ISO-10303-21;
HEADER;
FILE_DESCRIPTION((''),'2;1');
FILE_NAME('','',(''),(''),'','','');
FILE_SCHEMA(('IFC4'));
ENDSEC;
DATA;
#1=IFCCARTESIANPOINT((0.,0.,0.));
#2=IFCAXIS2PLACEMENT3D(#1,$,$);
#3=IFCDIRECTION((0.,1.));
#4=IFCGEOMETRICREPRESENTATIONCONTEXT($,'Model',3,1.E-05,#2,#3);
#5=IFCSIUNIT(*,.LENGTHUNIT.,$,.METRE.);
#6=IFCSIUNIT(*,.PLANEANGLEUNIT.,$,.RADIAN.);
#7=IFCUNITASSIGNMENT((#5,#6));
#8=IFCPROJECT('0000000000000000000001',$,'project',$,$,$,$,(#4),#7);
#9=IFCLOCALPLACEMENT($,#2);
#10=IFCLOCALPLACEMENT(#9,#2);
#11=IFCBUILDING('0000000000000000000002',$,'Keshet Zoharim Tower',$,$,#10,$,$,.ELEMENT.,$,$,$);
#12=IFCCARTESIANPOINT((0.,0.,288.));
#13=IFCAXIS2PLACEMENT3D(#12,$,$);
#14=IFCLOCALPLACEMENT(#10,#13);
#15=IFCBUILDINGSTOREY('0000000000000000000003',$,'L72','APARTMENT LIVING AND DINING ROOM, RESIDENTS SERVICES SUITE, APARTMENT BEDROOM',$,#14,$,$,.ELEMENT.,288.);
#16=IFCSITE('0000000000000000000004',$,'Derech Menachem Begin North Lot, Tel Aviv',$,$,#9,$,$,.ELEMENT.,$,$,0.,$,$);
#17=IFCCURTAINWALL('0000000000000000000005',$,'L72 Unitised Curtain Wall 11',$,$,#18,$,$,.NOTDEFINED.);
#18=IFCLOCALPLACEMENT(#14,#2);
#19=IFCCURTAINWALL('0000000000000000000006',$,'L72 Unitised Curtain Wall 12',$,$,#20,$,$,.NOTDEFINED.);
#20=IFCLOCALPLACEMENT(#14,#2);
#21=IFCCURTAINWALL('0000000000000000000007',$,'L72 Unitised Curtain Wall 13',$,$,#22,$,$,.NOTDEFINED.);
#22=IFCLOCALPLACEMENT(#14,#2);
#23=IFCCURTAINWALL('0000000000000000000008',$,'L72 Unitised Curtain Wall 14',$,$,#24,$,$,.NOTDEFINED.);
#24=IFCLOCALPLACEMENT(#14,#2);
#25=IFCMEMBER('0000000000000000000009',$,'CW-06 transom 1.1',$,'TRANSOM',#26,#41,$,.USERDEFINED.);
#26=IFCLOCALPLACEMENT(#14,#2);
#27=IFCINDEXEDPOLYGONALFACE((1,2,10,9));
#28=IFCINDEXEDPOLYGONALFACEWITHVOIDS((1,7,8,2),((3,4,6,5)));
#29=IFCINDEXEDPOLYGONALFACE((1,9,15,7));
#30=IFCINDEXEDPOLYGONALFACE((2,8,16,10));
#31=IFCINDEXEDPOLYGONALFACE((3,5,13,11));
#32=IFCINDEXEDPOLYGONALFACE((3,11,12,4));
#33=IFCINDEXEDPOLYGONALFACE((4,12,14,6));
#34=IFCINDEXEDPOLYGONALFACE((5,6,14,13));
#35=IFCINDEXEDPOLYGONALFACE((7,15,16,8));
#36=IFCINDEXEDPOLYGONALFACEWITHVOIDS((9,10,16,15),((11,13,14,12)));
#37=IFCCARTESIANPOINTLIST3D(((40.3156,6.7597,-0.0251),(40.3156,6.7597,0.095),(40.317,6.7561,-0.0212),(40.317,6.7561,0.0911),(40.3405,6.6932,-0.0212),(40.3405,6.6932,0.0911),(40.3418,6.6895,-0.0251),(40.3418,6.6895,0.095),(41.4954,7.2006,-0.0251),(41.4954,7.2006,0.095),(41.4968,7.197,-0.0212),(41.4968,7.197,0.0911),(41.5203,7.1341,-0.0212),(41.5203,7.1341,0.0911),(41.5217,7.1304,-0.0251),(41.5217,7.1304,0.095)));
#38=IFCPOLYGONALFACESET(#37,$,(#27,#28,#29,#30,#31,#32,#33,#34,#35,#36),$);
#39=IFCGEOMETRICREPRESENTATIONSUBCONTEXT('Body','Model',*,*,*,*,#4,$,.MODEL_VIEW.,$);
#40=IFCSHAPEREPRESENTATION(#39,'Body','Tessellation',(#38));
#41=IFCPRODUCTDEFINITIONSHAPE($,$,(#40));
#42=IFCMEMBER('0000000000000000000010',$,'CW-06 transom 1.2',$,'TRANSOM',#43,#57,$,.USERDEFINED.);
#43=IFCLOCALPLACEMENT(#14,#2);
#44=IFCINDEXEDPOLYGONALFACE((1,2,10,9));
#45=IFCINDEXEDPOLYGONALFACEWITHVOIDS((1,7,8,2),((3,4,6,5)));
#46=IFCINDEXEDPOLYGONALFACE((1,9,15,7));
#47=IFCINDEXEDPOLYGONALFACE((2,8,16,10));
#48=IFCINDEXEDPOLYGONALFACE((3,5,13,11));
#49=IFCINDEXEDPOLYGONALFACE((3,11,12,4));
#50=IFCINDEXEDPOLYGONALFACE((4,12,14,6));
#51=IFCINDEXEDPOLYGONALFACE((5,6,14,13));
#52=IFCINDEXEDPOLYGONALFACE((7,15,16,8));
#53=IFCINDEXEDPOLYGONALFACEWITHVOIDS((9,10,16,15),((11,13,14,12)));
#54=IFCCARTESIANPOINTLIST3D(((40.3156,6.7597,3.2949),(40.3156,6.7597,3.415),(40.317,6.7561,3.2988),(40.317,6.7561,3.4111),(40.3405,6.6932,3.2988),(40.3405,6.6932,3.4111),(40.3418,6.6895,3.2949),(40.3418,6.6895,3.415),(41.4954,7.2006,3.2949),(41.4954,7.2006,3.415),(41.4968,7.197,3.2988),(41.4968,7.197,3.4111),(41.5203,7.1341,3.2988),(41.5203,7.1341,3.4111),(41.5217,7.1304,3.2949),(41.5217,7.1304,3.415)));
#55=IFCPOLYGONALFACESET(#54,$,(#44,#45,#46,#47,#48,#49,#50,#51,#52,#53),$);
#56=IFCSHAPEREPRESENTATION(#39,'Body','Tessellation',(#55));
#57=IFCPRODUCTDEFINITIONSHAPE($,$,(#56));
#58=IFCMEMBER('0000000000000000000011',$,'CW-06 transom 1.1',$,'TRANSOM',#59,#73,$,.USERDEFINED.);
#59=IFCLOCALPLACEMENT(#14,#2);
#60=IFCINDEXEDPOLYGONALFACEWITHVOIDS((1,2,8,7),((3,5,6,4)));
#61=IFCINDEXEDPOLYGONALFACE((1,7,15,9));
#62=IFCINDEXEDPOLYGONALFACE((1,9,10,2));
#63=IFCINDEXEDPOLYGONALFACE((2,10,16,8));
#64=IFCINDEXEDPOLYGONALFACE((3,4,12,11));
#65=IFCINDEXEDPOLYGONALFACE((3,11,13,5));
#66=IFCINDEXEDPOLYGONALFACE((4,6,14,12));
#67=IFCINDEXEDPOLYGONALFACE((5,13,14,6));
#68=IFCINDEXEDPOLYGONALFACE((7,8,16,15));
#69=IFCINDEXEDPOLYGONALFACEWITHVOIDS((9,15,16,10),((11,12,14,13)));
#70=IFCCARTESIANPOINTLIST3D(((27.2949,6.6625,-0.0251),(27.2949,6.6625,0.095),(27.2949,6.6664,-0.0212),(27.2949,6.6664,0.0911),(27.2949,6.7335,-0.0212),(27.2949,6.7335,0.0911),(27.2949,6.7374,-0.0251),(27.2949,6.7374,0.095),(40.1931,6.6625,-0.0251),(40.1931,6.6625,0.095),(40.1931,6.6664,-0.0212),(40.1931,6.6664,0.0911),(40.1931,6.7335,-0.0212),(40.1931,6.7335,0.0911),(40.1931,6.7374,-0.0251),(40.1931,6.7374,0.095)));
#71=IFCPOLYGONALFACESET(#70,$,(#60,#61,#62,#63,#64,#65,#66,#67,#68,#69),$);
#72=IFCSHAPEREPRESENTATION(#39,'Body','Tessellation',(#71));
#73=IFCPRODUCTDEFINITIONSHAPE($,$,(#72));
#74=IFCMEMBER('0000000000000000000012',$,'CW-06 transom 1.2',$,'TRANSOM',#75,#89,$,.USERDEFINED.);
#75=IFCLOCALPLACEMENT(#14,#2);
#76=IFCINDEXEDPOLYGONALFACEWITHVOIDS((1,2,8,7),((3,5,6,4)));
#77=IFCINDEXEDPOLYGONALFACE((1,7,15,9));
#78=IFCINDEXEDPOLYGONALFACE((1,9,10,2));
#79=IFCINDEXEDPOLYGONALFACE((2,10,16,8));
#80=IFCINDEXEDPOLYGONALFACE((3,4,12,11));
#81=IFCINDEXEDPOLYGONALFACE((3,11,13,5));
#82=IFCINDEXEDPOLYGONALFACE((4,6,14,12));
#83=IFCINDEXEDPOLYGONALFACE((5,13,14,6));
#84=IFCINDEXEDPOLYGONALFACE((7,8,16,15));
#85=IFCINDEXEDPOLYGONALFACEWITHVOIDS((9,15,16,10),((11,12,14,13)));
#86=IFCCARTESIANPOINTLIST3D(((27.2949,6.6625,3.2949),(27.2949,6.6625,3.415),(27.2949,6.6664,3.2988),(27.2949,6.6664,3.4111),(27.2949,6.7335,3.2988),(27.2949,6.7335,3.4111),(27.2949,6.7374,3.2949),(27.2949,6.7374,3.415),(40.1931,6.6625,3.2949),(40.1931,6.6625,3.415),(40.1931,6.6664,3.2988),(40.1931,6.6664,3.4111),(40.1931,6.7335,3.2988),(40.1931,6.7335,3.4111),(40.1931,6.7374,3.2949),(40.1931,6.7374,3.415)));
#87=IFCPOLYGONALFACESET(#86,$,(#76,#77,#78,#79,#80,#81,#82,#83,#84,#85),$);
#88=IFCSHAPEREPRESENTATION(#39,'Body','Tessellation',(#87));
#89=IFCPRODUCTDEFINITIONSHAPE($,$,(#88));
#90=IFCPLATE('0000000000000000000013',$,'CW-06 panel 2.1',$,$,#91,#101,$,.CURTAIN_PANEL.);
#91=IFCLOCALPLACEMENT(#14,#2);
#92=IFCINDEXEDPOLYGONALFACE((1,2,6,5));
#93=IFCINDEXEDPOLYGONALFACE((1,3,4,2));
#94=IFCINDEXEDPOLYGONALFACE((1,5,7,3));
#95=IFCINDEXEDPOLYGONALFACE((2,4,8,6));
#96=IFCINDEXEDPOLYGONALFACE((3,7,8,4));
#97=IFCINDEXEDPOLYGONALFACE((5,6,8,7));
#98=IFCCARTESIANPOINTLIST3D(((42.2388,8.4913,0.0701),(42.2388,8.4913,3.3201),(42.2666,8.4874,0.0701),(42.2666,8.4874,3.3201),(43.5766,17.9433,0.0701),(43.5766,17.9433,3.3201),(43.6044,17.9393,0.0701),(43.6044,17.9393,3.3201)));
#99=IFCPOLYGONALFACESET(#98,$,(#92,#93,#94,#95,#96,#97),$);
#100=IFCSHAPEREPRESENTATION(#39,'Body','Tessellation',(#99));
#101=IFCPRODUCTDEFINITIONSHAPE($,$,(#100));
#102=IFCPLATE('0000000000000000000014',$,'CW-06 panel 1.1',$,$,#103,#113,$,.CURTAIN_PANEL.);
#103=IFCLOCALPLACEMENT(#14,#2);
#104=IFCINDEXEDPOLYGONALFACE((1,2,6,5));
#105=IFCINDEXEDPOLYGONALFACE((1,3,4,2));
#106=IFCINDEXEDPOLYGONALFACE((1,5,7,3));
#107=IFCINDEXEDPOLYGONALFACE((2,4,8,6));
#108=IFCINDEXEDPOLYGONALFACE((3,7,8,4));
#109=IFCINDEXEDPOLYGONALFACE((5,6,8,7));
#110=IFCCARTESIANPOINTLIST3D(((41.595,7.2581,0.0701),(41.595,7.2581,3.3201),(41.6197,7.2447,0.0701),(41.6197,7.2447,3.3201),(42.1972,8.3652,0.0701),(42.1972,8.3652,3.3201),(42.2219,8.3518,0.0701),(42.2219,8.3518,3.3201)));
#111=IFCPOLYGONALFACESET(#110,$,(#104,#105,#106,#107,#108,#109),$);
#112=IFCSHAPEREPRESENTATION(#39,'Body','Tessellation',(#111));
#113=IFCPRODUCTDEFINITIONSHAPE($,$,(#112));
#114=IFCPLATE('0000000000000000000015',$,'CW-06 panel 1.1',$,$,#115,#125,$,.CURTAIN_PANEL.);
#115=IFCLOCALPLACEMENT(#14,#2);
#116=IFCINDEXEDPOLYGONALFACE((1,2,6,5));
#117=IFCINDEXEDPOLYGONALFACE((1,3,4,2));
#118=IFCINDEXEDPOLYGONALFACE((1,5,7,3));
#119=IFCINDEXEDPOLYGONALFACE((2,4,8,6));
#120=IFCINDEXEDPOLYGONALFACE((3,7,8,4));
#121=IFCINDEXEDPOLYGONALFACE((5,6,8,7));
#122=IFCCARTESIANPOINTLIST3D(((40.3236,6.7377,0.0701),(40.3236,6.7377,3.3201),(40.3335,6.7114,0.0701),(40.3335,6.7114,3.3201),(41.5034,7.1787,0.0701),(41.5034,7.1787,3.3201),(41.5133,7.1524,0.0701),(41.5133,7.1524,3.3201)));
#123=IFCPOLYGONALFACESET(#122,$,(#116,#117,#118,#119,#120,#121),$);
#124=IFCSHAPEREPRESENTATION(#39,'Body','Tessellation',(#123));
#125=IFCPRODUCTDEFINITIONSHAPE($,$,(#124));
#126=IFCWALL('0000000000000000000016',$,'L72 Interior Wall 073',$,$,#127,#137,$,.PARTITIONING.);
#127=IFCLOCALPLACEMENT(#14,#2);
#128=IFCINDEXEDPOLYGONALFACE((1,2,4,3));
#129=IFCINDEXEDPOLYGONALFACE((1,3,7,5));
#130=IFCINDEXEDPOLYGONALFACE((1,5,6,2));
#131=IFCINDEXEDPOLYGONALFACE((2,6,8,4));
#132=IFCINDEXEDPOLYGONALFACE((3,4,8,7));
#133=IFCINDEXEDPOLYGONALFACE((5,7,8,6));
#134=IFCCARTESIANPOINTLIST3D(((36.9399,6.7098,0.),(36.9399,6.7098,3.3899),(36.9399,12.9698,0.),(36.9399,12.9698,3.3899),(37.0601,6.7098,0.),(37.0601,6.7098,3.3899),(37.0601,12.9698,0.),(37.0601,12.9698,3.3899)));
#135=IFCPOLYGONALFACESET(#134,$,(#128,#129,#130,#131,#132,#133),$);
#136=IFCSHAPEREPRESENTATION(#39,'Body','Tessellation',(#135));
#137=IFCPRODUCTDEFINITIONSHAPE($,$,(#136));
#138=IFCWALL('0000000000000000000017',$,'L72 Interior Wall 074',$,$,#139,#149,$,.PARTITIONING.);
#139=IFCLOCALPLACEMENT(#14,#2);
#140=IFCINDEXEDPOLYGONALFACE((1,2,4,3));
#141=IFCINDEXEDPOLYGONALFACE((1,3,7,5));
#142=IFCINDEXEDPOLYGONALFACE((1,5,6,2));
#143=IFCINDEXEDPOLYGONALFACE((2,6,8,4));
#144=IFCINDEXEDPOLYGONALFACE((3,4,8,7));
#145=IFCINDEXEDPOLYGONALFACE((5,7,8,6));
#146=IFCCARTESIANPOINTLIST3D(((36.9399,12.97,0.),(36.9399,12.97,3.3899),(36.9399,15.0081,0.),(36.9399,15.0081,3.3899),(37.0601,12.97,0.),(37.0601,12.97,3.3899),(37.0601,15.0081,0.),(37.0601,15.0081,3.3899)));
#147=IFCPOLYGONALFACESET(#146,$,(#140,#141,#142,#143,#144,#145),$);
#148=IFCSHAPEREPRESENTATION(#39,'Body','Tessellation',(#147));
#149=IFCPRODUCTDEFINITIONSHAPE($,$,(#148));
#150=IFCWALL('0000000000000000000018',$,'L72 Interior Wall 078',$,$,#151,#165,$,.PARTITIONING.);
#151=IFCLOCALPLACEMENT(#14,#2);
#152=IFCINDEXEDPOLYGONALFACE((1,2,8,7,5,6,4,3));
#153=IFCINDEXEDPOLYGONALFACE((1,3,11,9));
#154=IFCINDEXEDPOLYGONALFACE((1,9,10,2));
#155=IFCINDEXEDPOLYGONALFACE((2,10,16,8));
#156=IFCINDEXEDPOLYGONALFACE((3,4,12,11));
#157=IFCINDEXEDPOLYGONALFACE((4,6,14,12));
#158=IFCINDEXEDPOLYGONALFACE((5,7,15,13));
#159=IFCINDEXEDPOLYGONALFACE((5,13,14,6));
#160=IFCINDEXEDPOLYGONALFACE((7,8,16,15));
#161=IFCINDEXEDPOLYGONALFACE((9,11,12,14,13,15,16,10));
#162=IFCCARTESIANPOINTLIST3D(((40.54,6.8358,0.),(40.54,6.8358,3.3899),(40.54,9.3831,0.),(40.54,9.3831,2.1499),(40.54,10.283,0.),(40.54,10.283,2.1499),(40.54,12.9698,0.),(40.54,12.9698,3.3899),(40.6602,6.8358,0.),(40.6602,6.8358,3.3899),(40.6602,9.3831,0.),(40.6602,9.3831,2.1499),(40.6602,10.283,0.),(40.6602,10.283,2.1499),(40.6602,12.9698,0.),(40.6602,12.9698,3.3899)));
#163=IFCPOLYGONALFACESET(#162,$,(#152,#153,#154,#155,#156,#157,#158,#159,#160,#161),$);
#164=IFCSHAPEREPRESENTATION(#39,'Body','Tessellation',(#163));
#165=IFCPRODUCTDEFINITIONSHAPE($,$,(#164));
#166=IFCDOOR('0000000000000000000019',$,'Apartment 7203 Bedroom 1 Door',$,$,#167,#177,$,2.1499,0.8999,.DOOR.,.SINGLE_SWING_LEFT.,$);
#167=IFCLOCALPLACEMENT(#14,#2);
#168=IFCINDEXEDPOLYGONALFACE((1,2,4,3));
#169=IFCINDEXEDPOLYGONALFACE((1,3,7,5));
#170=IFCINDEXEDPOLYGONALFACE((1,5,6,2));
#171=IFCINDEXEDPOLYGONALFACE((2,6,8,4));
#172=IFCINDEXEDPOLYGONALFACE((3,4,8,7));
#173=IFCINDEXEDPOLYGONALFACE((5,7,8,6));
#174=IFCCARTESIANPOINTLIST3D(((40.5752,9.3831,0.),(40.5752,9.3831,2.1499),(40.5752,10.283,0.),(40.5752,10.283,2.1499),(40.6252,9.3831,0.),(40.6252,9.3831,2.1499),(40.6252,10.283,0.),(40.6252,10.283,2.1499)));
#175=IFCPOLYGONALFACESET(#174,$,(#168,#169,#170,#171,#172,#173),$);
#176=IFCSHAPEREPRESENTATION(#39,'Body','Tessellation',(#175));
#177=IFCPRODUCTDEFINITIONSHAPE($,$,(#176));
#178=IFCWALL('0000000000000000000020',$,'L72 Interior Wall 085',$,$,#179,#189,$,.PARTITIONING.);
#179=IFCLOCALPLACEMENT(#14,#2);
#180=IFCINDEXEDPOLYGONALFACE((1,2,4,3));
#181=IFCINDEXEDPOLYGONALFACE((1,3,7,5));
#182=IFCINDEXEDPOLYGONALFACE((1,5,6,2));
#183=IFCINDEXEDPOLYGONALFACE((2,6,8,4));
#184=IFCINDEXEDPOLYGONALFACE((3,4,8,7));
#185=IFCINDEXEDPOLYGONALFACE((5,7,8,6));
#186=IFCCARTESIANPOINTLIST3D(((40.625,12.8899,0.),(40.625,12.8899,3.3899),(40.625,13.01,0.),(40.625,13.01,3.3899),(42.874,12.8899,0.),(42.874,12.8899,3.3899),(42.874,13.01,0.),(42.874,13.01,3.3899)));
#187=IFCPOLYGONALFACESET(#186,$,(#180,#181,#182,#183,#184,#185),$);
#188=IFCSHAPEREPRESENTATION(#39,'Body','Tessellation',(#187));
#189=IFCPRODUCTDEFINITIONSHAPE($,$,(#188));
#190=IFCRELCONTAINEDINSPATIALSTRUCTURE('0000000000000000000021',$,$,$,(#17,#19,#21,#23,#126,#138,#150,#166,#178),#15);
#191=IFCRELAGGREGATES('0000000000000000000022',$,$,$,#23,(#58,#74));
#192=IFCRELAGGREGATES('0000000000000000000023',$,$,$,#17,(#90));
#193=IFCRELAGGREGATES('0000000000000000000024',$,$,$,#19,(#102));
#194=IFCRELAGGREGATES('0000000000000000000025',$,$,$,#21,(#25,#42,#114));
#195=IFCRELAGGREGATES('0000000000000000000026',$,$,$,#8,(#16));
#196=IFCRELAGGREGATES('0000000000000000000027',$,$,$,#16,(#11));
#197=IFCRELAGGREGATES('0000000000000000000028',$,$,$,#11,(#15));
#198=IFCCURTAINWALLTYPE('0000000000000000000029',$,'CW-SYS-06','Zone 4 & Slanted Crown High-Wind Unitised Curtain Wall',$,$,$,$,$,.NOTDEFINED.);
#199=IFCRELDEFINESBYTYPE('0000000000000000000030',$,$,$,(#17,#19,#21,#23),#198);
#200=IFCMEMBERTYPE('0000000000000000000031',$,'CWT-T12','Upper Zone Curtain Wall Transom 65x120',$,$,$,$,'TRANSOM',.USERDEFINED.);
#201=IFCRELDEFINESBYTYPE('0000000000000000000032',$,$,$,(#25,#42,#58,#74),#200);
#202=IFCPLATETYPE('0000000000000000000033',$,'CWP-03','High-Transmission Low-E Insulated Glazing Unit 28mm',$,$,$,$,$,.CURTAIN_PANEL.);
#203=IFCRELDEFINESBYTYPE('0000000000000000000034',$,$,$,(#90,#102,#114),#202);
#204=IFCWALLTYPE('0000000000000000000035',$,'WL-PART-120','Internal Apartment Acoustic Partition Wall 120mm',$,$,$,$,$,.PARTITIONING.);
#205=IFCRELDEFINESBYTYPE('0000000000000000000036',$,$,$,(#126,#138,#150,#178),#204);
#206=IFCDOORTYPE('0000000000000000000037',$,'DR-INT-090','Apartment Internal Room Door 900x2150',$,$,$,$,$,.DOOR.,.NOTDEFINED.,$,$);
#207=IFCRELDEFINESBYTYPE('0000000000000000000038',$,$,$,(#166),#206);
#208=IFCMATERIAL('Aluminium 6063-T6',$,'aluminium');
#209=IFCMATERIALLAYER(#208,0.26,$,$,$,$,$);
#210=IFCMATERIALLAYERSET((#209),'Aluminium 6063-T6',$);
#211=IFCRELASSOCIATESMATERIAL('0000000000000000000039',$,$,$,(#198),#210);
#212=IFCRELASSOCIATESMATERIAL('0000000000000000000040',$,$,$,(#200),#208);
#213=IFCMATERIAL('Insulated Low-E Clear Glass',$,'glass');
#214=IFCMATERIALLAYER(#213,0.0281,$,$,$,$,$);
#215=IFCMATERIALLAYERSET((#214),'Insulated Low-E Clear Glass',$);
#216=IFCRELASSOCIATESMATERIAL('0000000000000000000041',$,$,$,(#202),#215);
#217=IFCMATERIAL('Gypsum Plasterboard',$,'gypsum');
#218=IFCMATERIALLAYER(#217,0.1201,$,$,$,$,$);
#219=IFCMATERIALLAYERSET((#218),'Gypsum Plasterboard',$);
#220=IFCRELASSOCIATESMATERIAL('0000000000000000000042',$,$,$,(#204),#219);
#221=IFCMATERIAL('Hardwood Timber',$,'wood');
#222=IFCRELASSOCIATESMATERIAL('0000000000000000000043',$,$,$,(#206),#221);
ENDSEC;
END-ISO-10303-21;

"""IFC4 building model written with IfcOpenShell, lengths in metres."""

from ifc_helpers import new_model, si_unit, direction, frame, frame_2d, origin, origin_2d, place, context, subcontext, project, spatial, rectangle, hollow_rectangle, extrude, material, layer, layer_set, material_profile, profile_set, type_object, element, fill, aggregate, save


model = new_model("IFC4")

# Units and contexts
model_context = context("Model", 3, precision=1e-05, world=origin(), true_north=direction((0.0, 1.0)))
body_context = subcontext(model_context, "Body", "Model", "MODEL_VIEW")
ifc_project = project(units=[si_unit("LENGTHUNIT", "METRE"), si_unit("PLANEANGLEUNIT", "RADIAN")], contexts=[model_context])

# Site, building, storey
site_placement = place(None, origin())
site = spatial("IfcSite", under=ifc_project, at=site_placement, Name="Derech Menachem Begin North Lot, Tel Aviv", CompositionType="ELEMENT", RefElevation=0.0)
building_placement = place(site_placement, origin())
building = spatial("IfcBuilding", under=site, at=building_placement, Name="Keshet Zoharim Tower", CompositionType="ELEMENT")
storey_placement = place(building_placement, frame((0.0, 0.0, 288.0)))
storey = spatial("IfcBuildingStorey", under=building, at=storey_placement, Name="L72", Description="APARTMENT LIVING AND DINING ROOM, RESIDENTS SERVICES SUITE, APARTMENT BEDROOM", CompositionType="ELEMENT", Elevation=288.0)

# Curtain wall
ifc_material_1 = material(Name="Aluminium 6063-T6", Category="aluminium")
ifc_layer_1 = layer(ifc_material_1, 0.26)
ifc_layer_set_1 = layer_set([ifc_layer_1], Name="Aluminium 6063-T6")
curtain_wall_type = type_object("IfcCurtainWallType", Name="CW-SYS-06", Description="Zone 4 & Slanted Crown High-Wind Unitised Curtain Wall", PredefinedType="NOTDEFINED", material=ifc_layer_set_1)
curtain_wall_1_placement = place(storey_placement, origin())
curtain_wall_1 = element("IfcCurtainWall", 1, at=curtain_wall_1_placement, inside=storey, type_object=curtain_wall_type, Name="L72 Unitised Curtain Wall 11", PredefinedType="NOTDEFINED")

# Curtain walls
curtain_wall_2_placement = place(storey_placement, origin())
curtain_wall_2 = element("IfcCurtainWall", 2, at=curtain_wall_2_placement, inside=storey, type_object=curtain_wall_type, Name="L72 Unitised Curtain Wall 12", PredefinedType="NOTDEFINED")
curtain_wall_3_placement = place(storey_placement, origin())
curtain_wall_3 = element("IfcCurtainWall", 3, at=curtain_wall_3_placement, inside=storey, type_object=curtain_wall_type, Name="L72 Unitised Curtain Wall 13", PredefinedType="NOTDEFINED")

# Curtain wall
curtain_wall_4_placement = place(storey_placement, origin())
curtain_wall_4 = element("IfcCurtainWall", 4, at=curtain_wall_4_placement, inside=storey, type_object=curtain_wall_type, Name="L72 Unitised Curtain Wall 14", PredefinedType="NOTDEFINED")

# Members
ifc_material_profile_1 = material_profile(ifc_material_1, hollow_rectangle(XDim=0.075, YDim=0.1201, WallThickness=0.0039, at=origin_2d()), Name="TRN-75x120")
ifc_profile_set_1 = profile_set([ifc_material_profile_1], Name="Aluminium 6063-T6")
member_type_1 = type_object("IfcMemberType", Name="CWT-T12", Description="Upper Zone Curtain Wall Transom 65x120", ElementType="TRANSOM", PredefinedType="USERDEFINED", material=ifc_profile_set_1)
member_1_placement = place(storey_placement, frame((41.5085, 7.1655, 0.0349), z_axis=(-0.936735, -0.35004, 0.0), x_axis=(0.35004, -0.936735, 0.0)))
member_1 = element("IfcMember", 5, at=member_1_placement, type_object=member_type_1, Name="CW-06 transom 1.1", ObjectType="TRANSOM", PredefinedType="USERDEFINED", context=body_context, shape_type="SweptSolid", body=[
    extrude(hollow_rectangle(XDim=0.075, YDim=0.1201, WallThickness=0.0039, at=origin_2d()), origin(), (0.0, 0.0, 1.0), 1.2595),
])
member_2_placement = place(storey_placement, frame((41.5085, 7.1655, 3.355), z_axis=(-0.936735, -0.35004, 0.0), x_axis=(0.35004, -0.936735, 0.0)))
member_2 = element("IfcMember", 6, at=member_2_placement, type_object=member_type_1, Name="CW-06 transom 1.2", ObjectType="TRANSOM", PredefinedType="USERDEFINED", context=body_context, shape_type="SweptSolid", body=[
    extrude(hollow_rectangle(XDim=0.075, YDim=0.1201, WallThickness=0.0039, at=origin_2d()), origin(), (0.0, 0.0, 1.0), 1.2595),
])
member_3_placement = place(storey_placement, frame((40.1931, 6.7, 0.0349), z_axis=(-1.0, 0.0, 0.0), x_axis=(0.0, -1.0, 0.0)))
member_3 = element("IfcMember", 7, at=member_3_placement, type_object=member_type_1, Name="CW-06 transom 1.1", ObjectType="TRANSOM", PredefinedType="USERDEFINED", context=body_context, shape_type="SweptSolid", body=[
    extrude(hollow_rectangle(XDim=0.075, YDim=0.1201, WallThickness=0.0039, at=origin_2d()), origin(), (0.0, 0.0, 1.0), 12.8982),
])
member_4_placement = place(storey_placement, frame((40.1931, 6.7, 3.355), z_axis=(-1.0, 0.0, 0.0), x_axis=(0.0, -1.0, 0.0)))
member_4 = element("IfcMember", 8, at=member_4_placement, type_object=member_type_1, Name="CW-06 transom 1.2", ObjectType="TRANSOM", PredefinedType="USERDEFINED", context=body_context, shape_type="SweptSolid", body=[
    extrude(hollow_rectangle(XDim=0.075, YDim=0.1201, WallThickness=0.0039, at=origin_2d()), origin(), (0.0, 0.0, 1.0), 12.8982),
])
aggregate(curtain_wall_4, [member_3, member_4])

# Plates
ifc_material_2 = material(Name="Insulated Low-E Clear Glass", Category="glass")
ifc_layer_2 = layer(ifc_material_2, 0.0281)
ifc_layer_set_2 = layer_set([ifc_layer_2], Name="Insulated Low-E Clear Glass")
plate_type = type_object("IfcPlateType", Name="CWP-03", Description="High-Transmission Low-E Insulated Glazing Unit 28mm", PredefinedType="CURTAIN_PANEL", material=ifc_layer_set_2)
plate_1_placement = place(storey_placement, frame((42.9216, 13.2153, 0.0701), z_axis=(0.0, 0.0, 1.0), x_axis=(-0.140137, -0.990132, 0.0)))
plate_1 = element("IfcPlate", 9, at=plate_1_placement, type_object=plate_type, Name="CW-06 panel 2.1", PredefinedType="CURTAIN_PANEL", context=body_context, shape_type="SweptSolid", body=[
    extrude(rectangle(XDim=9.5461, YDim=0.0281, at=origin_2d()), origin(), (0.0, 0.0, 1.0), 3.25),
])
aggregate(curtain_wall_1, [plate_1])
plate_2_placement = place(storey_placement, frame((41.9084, 7.8049, 0.0701), z_axis=(0.0, 0.0, 1.0), x_axis=(-0.477801, -0.878468, 0.0)))
plate_2 = element("IfcPlate", 10, at=plate_2_placement, type_object=plate_type, Name="CW-06 panel 1.1", PredefinedType="CURTAIN_PANEL", context=body_context, shape_type="SweptSolid", body=[
    extrude(rectangle(XDim=1.2603, YDim=0.0281, at=origin_2d()), origin(), (0.0, 0.0, 1.0), 3.25),
])
aggregate(curtain_wall_2, [plate_2])
plate_3_placement = place(storey_placement, frame((40.9185, 6.9451, 0.0701), z_axis=(0.0, 0.0, 1.0), x_axis=(-0.93671, -0.350105, 0.0)))
plate_3 = element("IfcPlate", 11, at=plate_3_placement, type_object=plate_type, Name="CW-06 panel 1.1", PredefinedType="CURTAIN_PANEL", context=body_context, shape_type="SweptSolid", body=[
    extrude(rectangle(XDim=1.2595, YDim=0.0281, at=origin_2d()), origin(), (0.0, 0.0, 1.0), 3.25),
])
aggregate(curtain_wall_3, [member_1, member_2, plate_3])

# Walls
ifc_material_3 = material(Name="Gypsum Plasterboard", Category="gypsum")
ifc_layer_3 = layer(ifc_material_3, 0.1201)
ifc_layer_set_3 = layer_set([ifc_layer_3], Name="Gypsum Plasterboard")
wall_type = type_object("IfcWallType", Name="WL-PART-120", Description="Internal Apartment Acoustic Partition Wall 120mm", PredefinedType="PARTITIONING", material=ifc_layer_set_3)
wall_1_placement = place(storey_placement, frame((37.0, 6.71, 0.0), z_axis=(0.0, 0.0, 1.0), x_axis=(0.0, 1.0, 0.0)))
element("IfcWall", 12, at=wall_1_placement, inside=storey, type_object=wall_type, Name="L72 Interior Wall 073", PredefinedType="PARTITIONING", context=body_context, shape_type="SweptSolid", body=[
    extrude(rectangle(XDim=6.26, YDim=0.1201, at=frame_2d((3.1299, 0.0))), origin(), (0.0, 0.0, 1.0), 3.3899),
])
wall_2_placement = place(storey_placement, frame((37.0, 12.97, 0.0), z_axis=(0.0, 0.0, 1.0), x_axis=(0.0, 1.0, 0.0)))
element("IfcWall", 13, at=wall_2_placement, inside=storey, type_object=wall_type, Name="L72 Interior Wall 074", PredefinedType="PARTITIONING", context=body_context, shape_type="SweptSolid", body=[
    extrude(rectangle(XDim=2.0381, YDim=0.1201, at=frame_2d((1.019, 0.0))), origin(), (0.0, 0.0, 1.0), 3.3899),
])

# Wall, opening, door
wall_3_placement = place(storey_placement, frame((40.6001, 6.8359, 0.0), z_axis=(0.0, 0.0, 1.0), x_axis=(0.0, 1.0, 0.0)))
wall_3 = element("IfcWall", 14, at=wall_3_placement, inside=storey, type_object=wall_type, Name="L72 Interior Wall 078", PredefinedType="PARTITIONING", context=body_context, shape_type="SweptSolid", body=[
    extrude(rectangle(XDim=6.134, YDim=0.1201, at=frame_2d((3.0669, 0.0))), origin(), (0.0, 0.0, 1.0), 3.3899),
])
opening_1_placement = place(wall_3_placement, frame((2.5471, 0.0, 0.0)))
opening_1 = element("IfcOpeningElement", 15, at=opening_1_placement, cuts=wall_3, PredefinedType="OPENING", context=body_context, shape_type="SweptSolid", body=[
    extrude(rectangle(XDim=0.8999, YDim=2.1499, at=frame_2d((0.45, 1.075))), frame((0.0, 0.0701, 0.0), z_axis=(0.0, -1.0, 0.0), x_axis=(1.0, 0.0, 0.0)), (0.0, 0.0, 1.0), 0.1401),
])
ifc_material_4 = material(Name="Hardwood Timber", Category="wood")
door_type = type_object("IfcDoorType", Name="DR-INT-090", Description="Apartment Internal Room Door 900x2150", OperationType="NOTDEFINED", PredefinedType="DOOR", material=ifc_material_4)
door_1_placement = place(opening_1_placement, origin())
door_1 = element("IfcDoor", 16, at=door_1_placement, inside=storey, type_object=door_type, Name="Apartment 7203 Bedroom 1 Door", OperationType="SINGLE_SWING_LEFT", OverallHeight=2.1499, OverallWidth=0.8999, PredefinedType="DOOR", context=body_context, shape_type="SweptSolid", body=[
    extrude(rectangle(XDim=0.8999, YDim=2.1499, at=frame_2d((0.45, 1.075))), frame((0.0, 0.0249, 0.0), z_axis=(0.0, -1.0, 0.0), x_axis=(1.0, 0.0, 0.0)), (0.0, 0.0, 1.0), 0.05),
])
fill(opening_1, door_1)

# Wall
wall_4_placement = place(storey_placement, frame((40.625, 12.95, 0.0), z_axis=(0.0, 0.0, 1.0), x_axis=(1.0, 0.0, 0.0)))
element("IfcWall", 17, at=wall_4_placement, inside=storey, type_object=wall_type, Name="L72 Interior Wall 085", PredefinedType="PARTITIONING", context=body_context, shape_type="SweptSolid", body=[
    extrude(rectangle(XDim=2.249, YDim=0.1201, at=frame_2d((1.1245, 0.0))), origin(), (0.0, 0.0, 1.0), 3.3899),
])

save(model, "model.ifc")
